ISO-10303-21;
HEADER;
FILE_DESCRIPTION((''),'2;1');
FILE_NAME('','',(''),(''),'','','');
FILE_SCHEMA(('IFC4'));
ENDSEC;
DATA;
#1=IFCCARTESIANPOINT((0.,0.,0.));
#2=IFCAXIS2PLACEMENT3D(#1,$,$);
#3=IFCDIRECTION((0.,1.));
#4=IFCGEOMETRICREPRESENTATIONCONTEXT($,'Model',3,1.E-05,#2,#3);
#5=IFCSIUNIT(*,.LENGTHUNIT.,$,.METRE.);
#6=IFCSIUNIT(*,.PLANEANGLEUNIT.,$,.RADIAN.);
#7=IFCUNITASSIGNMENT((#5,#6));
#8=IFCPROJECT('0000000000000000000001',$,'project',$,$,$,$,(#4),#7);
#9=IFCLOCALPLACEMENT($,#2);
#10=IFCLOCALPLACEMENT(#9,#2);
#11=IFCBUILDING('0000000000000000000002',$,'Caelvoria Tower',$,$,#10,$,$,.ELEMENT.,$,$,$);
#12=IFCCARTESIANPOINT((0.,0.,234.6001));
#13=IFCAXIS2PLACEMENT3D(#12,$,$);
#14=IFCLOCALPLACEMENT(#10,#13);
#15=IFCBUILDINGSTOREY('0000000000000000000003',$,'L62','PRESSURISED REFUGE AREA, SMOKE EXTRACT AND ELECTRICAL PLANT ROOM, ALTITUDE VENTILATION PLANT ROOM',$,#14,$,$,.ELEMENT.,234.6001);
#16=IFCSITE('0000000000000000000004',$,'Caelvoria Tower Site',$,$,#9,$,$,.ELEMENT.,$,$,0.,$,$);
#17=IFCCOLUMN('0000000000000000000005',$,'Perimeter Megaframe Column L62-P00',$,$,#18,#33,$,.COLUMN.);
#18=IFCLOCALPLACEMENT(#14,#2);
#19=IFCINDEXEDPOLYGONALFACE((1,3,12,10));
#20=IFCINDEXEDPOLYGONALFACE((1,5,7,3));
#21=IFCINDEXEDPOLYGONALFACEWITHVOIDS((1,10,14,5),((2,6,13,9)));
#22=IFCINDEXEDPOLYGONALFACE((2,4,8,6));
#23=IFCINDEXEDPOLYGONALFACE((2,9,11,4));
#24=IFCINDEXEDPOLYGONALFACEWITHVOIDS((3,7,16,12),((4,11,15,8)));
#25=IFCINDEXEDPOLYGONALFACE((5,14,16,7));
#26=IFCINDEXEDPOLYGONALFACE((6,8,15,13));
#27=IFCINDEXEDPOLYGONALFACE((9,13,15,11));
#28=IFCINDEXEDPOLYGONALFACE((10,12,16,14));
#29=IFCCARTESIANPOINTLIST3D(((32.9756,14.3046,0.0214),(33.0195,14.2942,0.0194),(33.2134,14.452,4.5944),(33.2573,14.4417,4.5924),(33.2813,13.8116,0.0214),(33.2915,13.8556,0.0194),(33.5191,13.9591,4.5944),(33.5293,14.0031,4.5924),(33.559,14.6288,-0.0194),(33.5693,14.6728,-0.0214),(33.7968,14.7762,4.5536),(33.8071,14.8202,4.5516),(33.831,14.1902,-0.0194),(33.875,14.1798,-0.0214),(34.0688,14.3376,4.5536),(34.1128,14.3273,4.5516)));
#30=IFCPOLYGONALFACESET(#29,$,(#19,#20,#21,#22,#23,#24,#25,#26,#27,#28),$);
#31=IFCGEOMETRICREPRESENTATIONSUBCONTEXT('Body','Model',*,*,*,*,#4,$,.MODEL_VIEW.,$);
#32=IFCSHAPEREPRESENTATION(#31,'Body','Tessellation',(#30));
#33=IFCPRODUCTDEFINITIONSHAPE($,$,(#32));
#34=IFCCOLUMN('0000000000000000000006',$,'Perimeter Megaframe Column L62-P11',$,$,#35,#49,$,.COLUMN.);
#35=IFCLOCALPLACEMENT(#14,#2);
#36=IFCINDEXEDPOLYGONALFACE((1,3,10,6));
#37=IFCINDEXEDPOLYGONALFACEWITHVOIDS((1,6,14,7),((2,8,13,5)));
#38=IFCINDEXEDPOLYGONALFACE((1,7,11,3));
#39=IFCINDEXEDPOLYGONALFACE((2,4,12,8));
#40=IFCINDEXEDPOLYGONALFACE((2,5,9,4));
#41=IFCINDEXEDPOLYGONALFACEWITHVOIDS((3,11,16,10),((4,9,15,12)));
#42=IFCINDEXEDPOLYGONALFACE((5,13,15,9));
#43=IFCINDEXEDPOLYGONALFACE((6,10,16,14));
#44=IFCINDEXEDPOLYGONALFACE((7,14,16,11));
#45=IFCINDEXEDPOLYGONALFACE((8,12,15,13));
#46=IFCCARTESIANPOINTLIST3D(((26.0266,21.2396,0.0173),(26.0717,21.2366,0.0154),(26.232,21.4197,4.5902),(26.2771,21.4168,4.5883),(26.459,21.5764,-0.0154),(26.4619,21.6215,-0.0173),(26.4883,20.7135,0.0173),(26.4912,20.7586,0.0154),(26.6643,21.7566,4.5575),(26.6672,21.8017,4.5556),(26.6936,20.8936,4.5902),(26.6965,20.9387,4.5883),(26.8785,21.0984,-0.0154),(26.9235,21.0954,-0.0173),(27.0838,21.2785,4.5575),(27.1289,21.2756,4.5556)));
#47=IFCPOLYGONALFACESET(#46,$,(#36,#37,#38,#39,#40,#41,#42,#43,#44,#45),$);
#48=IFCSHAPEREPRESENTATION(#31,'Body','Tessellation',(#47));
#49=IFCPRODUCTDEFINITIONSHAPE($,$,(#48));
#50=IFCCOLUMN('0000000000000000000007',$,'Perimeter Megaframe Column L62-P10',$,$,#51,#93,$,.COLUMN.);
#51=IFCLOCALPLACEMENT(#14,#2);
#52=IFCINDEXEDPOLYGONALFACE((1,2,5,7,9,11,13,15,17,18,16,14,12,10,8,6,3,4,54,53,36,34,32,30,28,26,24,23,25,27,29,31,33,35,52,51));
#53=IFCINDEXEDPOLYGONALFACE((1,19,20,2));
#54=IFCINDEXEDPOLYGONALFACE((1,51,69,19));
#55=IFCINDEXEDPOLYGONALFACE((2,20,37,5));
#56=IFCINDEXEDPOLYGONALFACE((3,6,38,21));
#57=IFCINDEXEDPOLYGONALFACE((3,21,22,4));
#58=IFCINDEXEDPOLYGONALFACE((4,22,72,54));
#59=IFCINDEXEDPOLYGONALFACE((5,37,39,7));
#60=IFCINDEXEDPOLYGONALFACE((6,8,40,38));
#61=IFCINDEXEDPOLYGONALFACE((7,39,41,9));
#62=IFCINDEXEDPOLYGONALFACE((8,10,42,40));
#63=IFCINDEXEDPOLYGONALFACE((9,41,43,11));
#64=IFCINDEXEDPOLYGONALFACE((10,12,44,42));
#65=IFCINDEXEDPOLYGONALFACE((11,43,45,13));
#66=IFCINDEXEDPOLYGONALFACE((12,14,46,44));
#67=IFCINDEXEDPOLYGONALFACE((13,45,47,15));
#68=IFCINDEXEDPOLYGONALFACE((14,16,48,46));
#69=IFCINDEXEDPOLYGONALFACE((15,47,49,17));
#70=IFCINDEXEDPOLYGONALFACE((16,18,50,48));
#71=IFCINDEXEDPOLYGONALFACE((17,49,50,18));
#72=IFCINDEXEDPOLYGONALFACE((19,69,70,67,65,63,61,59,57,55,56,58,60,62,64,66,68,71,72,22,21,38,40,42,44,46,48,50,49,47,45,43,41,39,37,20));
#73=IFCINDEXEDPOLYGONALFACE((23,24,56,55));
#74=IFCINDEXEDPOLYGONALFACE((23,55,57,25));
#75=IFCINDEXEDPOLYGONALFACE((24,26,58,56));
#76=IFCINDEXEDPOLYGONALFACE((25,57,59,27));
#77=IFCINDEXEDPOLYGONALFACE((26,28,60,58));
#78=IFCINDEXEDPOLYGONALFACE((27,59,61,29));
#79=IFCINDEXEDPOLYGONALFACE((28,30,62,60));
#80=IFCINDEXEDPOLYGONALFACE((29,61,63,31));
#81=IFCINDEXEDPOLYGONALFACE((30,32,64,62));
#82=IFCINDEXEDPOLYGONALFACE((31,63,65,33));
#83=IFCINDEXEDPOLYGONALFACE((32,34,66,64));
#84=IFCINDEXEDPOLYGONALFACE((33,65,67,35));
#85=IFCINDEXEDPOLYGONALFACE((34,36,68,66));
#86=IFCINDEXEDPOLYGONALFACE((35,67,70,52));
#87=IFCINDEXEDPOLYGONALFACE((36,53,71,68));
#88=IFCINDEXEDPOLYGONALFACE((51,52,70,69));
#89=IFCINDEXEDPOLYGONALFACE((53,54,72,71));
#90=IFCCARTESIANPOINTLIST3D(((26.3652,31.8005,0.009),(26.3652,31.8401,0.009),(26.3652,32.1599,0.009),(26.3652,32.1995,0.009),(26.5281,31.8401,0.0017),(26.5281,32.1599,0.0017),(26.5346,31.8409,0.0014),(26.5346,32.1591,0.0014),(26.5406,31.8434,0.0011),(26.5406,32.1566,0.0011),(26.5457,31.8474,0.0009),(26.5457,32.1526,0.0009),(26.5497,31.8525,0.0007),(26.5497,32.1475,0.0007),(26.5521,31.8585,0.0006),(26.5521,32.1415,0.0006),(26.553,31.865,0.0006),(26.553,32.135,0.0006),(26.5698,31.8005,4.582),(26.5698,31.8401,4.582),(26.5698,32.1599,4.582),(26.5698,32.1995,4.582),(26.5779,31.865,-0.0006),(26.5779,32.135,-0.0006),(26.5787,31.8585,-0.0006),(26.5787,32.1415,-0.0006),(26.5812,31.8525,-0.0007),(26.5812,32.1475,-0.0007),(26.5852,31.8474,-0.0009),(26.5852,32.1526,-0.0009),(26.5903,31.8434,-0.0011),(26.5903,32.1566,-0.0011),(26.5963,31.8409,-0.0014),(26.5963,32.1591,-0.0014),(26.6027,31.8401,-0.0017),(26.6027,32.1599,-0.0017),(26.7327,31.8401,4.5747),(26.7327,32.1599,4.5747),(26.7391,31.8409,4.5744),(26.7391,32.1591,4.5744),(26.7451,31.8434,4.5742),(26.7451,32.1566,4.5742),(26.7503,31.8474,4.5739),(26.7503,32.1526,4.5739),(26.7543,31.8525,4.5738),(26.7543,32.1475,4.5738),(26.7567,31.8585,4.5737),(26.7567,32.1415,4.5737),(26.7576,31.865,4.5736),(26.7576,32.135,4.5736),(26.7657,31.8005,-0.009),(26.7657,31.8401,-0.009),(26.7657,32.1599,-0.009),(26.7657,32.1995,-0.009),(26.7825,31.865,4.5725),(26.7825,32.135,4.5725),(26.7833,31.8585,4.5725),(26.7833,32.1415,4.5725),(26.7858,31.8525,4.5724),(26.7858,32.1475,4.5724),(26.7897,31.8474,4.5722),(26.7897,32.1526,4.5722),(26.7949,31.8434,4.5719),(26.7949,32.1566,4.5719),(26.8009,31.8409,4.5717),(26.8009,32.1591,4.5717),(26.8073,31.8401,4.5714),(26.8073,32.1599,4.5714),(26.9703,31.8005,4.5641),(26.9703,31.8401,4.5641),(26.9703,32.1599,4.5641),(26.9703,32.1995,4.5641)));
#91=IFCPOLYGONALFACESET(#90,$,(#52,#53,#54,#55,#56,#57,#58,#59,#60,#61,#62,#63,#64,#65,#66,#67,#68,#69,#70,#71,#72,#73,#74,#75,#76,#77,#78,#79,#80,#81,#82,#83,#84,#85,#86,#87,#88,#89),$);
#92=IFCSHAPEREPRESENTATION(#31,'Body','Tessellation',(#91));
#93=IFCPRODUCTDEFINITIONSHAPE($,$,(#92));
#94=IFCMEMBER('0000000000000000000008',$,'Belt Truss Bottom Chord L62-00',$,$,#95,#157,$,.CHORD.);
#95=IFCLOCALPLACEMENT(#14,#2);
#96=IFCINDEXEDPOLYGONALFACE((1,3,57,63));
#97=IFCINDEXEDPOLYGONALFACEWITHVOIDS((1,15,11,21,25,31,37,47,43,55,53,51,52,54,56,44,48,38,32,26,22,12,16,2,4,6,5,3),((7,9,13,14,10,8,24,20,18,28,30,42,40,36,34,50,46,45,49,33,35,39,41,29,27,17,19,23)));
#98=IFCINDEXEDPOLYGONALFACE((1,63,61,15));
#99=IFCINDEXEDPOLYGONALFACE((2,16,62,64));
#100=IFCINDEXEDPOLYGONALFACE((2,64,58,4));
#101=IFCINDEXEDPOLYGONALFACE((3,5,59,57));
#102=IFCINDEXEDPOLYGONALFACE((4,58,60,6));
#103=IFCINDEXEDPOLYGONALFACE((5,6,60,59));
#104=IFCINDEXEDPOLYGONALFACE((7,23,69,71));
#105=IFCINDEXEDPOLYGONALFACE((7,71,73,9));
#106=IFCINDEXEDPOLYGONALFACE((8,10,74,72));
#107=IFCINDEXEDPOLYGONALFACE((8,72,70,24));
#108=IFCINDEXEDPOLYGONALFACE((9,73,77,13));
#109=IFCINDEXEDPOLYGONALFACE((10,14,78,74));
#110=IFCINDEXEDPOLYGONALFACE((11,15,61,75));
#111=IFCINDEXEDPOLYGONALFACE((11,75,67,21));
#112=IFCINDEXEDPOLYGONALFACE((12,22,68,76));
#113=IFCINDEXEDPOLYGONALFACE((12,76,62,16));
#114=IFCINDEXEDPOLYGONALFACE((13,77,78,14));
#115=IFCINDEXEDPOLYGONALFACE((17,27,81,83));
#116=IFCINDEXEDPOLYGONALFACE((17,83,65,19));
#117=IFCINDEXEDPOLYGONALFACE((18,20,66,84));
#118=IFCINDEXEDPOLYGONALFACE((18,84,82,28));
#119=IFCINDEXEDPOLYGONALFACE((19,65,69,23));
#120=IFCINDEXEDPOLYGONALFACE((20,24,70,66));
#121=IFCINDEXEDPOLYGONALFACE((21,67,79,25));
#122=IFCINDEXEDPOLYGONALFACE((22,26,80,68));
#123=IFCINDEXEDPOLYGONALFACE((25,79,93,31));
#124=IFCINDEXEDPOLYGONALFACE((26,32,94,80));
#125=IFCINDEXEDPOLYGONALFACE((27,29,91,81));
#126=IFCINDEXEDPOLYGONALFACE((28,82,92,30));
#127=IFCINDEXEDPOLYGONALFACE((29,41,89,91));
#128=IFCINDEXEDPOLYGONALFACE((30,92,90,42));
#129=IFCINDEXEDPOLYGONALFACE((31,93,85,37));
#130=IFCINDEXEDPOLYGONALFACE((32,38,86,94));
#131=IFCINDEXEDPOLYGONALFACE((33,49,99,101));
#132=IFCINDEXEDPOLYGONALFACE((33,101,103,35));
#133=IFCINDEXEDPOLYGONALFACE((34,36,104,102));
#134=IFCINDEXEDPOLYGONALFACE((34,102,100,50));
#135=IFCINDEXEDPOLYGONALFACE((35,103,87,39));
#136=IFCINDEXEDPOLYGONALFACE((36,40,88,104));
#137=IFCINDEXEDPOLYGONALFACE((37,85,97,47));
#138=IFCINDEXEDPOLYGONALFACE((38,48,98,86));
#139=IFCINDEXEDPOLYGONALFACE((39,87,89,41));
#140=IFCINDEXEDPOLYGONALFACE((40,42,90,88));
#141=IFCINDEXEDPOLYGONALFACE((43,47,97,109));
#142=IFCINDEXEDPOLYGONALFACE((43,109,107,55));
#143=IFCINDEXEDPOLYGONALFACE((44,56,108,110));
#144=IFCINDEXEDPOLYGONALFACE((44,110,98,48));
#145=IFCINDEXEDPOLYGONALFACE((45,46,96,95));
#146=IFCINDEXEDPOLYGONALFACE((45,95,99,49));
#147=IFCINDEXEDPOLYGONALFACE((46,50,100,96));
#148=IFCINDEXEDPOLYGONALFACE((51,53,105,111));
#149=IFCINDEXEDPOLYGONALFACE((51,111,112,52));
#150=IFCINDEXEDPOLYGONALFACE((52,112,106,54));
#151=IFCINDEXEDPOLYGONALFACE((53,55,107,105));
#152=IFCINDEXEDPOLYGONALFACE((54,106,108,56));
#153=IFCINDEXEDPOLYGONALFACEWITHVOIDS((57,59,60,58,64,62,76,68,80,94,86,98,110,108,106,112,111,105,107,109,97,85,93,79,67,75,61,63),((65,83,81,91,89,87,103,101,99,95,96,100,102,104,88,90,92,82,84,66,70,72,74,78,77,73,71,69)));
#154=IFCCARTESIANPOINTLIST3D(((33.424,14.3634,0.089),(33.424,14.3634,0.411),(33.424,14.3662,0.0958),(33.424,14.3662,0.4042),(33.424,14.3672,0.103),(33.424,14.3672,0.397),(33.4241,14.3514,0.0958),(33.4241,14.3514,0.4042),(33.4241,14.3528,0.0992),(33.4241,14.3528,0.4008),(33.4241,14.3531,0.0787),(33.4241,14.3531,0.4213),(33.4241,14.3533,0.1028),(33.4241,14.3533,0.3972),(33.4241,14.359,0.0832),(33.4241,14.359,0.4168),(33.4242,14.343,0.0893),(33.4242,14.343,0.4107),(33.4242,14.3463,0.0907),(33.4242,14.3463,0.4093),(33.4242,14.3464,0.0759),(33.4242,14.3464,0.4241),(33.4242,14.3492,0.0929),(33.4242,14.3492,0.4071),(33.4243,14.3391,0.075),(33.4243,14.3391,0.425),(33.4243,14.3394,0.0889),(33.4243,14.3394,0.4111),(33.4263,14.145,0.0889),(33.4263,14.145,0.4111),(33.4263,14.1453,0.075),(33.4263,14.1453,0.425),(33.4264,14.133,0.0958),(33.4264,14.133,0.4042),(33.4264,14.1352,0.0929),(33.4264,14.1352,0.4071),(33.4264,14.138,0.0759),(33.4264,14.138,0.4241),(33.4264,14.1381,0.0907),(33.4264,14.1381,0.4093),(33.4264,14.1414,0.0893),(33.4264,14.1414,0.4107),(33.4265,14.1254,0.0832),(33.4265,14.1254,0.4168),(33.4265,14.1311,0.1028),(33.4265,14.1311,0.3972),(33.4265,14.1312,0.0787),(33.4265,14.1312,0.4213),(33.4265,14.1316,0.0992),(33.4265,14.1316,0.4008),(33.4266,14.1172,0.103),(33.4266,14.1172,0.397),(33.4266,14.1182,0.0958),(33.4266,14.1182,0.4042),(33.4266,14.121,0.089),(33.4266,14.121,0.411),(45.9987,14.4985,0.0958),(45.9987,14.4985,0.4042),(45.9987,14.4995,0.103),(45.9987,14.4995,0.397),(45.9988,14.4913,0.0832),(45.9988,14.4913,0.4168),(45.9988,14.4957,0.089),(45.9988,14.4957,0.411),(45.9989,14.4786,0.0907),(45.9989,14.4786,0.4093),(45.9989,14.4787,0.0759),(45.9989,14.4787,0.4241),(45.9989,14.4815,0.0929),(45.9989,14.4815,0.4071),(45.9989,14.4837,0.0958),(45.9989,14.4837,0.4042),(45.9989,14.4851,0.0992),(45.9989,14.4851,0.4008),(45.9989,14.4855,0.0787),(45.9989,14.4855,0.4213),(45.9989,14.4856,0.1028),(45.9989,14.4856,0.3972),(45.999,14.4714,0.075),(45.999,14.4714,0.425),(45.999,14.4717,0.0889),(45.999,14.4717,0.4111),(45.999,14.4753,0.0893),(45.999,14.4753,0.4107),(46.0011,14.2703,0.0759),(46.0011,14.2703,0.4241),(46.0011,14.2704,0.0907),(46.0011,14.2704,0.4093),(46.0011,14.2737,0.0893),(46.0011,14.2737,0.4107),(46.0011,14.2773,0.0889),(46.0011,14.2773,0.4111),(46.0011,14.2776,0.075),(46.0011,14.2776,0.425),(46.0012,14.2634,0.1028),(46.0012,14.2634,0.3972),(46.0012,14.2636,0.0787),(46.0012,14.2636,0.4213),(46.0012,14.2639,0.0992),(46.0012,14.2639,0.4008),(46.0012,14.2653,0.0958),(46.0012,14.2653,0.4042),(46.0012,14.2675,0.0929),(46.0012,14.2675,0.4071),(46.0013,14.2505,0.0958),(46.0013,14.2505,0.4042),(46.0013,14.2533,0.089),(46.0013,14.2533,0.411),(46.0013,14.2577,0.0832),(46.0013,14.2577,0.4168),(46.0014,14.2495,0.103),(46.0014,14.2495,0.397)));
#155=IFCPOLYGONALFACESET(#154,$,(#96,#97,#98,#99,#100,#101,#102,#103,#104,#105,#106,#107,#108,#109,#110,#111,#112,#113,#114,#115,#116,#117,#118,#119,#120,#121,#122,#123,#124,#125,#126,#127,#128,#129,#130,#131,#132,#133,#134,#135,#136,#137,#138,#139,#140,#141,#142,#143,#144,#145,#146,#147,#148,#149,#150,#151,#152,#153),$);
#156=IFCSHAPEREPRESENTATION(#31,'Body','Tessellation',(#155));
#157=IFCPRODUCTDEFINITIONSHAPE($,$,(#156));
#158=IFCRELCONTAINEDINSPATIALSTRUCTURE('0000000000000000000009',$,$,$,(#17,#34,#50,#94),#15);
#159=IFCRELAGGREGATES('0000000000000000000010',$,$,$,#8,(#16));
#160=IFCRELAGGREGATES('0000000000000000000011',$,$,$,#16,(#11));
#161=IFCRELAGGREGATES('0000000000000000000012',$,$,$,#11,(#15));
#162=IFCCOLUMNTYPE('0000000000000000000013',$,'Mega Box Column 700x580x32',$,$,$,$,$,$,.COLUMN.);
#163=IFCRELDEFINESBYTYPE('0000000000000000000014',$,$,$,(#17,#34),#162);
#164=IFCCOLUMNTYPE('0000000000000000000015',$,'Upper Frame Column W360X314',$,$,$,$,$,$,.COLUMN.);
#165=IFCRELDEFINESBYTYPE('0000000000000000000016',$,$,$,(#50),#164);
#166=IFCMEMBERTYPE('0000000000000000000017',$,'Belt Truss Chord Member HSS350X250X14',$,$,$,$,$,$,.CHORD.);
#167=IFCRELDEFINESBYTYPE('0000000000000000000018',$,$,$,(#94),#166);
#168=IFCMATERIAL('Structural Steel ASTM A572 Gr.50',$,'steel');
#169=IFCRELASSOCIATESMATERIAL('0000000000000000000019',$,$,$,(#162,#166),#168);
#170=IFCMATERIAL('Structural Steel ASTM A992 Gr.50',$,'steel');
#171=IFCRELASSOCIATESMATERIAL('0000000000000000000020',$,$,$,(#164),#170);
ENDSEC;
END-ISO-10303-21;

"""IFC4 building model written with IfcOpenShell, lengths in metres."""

from ifc_helpers import new_model, si_unit, direction, frame, origin, origin_2d, place, context, subcontext, project, spatial, hollow_rectangle, i_section, extrude, material, material_profile, profile_set, type_object, element, save


model = new_model("IFC4")

# Units and contexts
model_context = context("Model", 3, precision=1e-05, world=origin(), true_north=direction((0.0, 1.0)))
body_context = subcontext(model_context, "Body", "Model", "MODEL_VIEW")
ifc_project = project(units=[si_unit("LENGTHUNIT", "METRE"), si_unit("PLANEANGLEUNIT", "RADIAN")], contexts=[model_context])

# Site, building, storey
site_placement = place(None, origin())
site = spatial("IfcSite", under=ifc_project, at=site_placement, Name="Caelvoria Tower Site", CompositionType="ELEMENT", RefElevation=0.0)
building_placement = place(site_placement, origin())
building = spatial("IfcBuilding", under=site, at=building_placement, Name="Caelvoria Tower", CompositionType="ELEMENT")
storey_placement = place(building_placement, frame((0.0, 0.0, 234.6001)))
storey = spatial("IfcBuildingStorey", under=building, at=storey_placement, Name="L62", Description="PRESSURISED REFUGE AREA, SMOKE EXTRACT AND ELECTRICAL PLANT ROOM, ALTITUDE VENTILATION PLANT ROOM", CompositionType="ELEMENT", Elevation=234.6001)

# Columns
ifc_material_1 = material(Name="Structural Steel ASTM A572 Gr.50", Category="steel")
ifc_material_profile_1 = material_profile(ifc_material_1, hollow_rectangle(XDim=0.5801, YDim=0.7, WallThickness=0.032, at=origin_2d()), Name="Structural Steel ASTM A572 Gr.50")
ifc_profile_set_1 = profile_set([ifc_material_profile_1], Name="BOX700X580X32 - Structural Steel ASTM A572 Gr.50")
column_type_1 = type_object("IfcColumnType", Name="Mega Box Column 700x580x32", PredefinedType="COLUMN", material=ifc_profile_set_1)
column_1_placement = place(storey_placement, frame((33.4253, 14.2422, 0.0), z_axis=(0.051902, 0.032186, 0.998133), x_axis=(-0.527015, 0.849856, 0.0)))
element("IfcColumn", 1, at=column_1_placement, inside=storey, type_object=column_type_1, Name="Perimeter Megaframe Column L62-P00", PredefinedType="COLUMN", context=body_context, shape_type="SweptSolid", body=[
    extrude(hollow_rectangle(XDim=0.5801, YDim=0.7, WallThickness=0.032, at=origin_2d()), origin(), (0.0, 0.0, 1.0), 4.5815),
])
column_2_placement = place(storey_placement, frame((26.4751, 21.1675, 0.0), z_axis=(0.044819, 0.03933, 0.998221), x_axis=(-0.750297, -0.658406, 0.059629)))
element("IfcColumn", 2, at=column_2_placement, inside=storey, type_object=column_type_1, Name="Perimeter Megaframe Column L62-P11", PredefinedType="COLUMN", context=body_context, shape_type="SweptSolid", body=[
    extrude(hollow_rectangle(XDim=0.5801, YDim=0.7, WallThickness=0.032, at=origin_2d()), origin(), (0.0, 0.0, 1.0), 4.5811),
])
ifc_material_2 = material(Name="Structural Steel ASTM A992 Gr.50", Category="steel")
ifc_material_profile_2 = material_profile(ifc_material_2, i_section(OverallWidth=0.4009, OverallDepth=0.3989, WebThickness=0.0249, FlangeThickness=0.0396, FilletRadius=0.0249, at=origin_2d()), Name="Structural Steel ASTM A992 Gr.50")
ifc_profile_set_2 = profile_set([ifc_material_profile_2], Name="W360X314 - Structural Steel ASTM A992 Gr.50")
column_type_2 = type_object("IfcColumnType", Name="Upper Frame Column W360X314", PredefinedType="COLUMN", material=ifc_profile_set_2)
column_3_placement = place(storey_placement, frame((26.5654, 32.0, 0.0), z_axis=(0.044694, 0.0, 0.999001), x_axis=(-0.999001, 0.0, 0.044694)))
element("IfcColumn", 3, at=column_3_placement, inside=storey, type_object=column_type_2, Name="Perimeter Megaframe Column L62-P10", PredefinedType="COLUMN", context=body_context, shape_type="SweptSolid", body=[
    extrude(i_section(OverallWidth=0.4009, OverallDepth=0.3989, WebThickness=0.0249, FlangeThickness=0.0396, FilletRadius=0.0249, at=origin_2d()), origin(), (0.0, 0.0, 1.0), 4.5776),
])

# Member
ifc_material_profile_3 = material_profile(ifc_material_1, hollow_rectangle(XDim=0.25, YDim=0.3501, WallThickness=0.0139, InnerFilletRadius=0.0139, OuterFilletRadius=0.0281, at=origin_2d()), Name="Structural Steel ASTM A572 Gr.50")
ifc_profile_set_3 = profile_set([ifc_material_profile_3], Name="HSS350X250X14 - Structural Steel ASTM A572 Gr.50")
member_type_1 = type_object("IfcMemberType", Name="Belt Truss Chord Member HSS350X250X14", PredefinedType="CHORD", material=ifc_profile_set_3)
member_1_placement = place(storey_placement, frame((33.4253, 14.2422, 0.25), z_axis=(0.999945, 0.010522, 0.0), x_axis=(-0.010522, 0.999945, 0.0)))
element("IfcMember", 4, at=member_1_placement, inside=storey, type_object=member_type_1, Name="Belt Truss Bottom Chord L62-00", PredefinedType="CHORD", context=body_context, shape_type="SweptSolid", body=[
    extrude(hollow_rectangle(XDim=0.25, YDim=0.3501, WallThickness=0.0139, InnerFilletRadius=0.0139, OuterFilletRadius=0.0281, at=origin_2d()), origin(), (0.0, 0.0, 1.0), 12.5754),
])

save(model, "model.ifc")
